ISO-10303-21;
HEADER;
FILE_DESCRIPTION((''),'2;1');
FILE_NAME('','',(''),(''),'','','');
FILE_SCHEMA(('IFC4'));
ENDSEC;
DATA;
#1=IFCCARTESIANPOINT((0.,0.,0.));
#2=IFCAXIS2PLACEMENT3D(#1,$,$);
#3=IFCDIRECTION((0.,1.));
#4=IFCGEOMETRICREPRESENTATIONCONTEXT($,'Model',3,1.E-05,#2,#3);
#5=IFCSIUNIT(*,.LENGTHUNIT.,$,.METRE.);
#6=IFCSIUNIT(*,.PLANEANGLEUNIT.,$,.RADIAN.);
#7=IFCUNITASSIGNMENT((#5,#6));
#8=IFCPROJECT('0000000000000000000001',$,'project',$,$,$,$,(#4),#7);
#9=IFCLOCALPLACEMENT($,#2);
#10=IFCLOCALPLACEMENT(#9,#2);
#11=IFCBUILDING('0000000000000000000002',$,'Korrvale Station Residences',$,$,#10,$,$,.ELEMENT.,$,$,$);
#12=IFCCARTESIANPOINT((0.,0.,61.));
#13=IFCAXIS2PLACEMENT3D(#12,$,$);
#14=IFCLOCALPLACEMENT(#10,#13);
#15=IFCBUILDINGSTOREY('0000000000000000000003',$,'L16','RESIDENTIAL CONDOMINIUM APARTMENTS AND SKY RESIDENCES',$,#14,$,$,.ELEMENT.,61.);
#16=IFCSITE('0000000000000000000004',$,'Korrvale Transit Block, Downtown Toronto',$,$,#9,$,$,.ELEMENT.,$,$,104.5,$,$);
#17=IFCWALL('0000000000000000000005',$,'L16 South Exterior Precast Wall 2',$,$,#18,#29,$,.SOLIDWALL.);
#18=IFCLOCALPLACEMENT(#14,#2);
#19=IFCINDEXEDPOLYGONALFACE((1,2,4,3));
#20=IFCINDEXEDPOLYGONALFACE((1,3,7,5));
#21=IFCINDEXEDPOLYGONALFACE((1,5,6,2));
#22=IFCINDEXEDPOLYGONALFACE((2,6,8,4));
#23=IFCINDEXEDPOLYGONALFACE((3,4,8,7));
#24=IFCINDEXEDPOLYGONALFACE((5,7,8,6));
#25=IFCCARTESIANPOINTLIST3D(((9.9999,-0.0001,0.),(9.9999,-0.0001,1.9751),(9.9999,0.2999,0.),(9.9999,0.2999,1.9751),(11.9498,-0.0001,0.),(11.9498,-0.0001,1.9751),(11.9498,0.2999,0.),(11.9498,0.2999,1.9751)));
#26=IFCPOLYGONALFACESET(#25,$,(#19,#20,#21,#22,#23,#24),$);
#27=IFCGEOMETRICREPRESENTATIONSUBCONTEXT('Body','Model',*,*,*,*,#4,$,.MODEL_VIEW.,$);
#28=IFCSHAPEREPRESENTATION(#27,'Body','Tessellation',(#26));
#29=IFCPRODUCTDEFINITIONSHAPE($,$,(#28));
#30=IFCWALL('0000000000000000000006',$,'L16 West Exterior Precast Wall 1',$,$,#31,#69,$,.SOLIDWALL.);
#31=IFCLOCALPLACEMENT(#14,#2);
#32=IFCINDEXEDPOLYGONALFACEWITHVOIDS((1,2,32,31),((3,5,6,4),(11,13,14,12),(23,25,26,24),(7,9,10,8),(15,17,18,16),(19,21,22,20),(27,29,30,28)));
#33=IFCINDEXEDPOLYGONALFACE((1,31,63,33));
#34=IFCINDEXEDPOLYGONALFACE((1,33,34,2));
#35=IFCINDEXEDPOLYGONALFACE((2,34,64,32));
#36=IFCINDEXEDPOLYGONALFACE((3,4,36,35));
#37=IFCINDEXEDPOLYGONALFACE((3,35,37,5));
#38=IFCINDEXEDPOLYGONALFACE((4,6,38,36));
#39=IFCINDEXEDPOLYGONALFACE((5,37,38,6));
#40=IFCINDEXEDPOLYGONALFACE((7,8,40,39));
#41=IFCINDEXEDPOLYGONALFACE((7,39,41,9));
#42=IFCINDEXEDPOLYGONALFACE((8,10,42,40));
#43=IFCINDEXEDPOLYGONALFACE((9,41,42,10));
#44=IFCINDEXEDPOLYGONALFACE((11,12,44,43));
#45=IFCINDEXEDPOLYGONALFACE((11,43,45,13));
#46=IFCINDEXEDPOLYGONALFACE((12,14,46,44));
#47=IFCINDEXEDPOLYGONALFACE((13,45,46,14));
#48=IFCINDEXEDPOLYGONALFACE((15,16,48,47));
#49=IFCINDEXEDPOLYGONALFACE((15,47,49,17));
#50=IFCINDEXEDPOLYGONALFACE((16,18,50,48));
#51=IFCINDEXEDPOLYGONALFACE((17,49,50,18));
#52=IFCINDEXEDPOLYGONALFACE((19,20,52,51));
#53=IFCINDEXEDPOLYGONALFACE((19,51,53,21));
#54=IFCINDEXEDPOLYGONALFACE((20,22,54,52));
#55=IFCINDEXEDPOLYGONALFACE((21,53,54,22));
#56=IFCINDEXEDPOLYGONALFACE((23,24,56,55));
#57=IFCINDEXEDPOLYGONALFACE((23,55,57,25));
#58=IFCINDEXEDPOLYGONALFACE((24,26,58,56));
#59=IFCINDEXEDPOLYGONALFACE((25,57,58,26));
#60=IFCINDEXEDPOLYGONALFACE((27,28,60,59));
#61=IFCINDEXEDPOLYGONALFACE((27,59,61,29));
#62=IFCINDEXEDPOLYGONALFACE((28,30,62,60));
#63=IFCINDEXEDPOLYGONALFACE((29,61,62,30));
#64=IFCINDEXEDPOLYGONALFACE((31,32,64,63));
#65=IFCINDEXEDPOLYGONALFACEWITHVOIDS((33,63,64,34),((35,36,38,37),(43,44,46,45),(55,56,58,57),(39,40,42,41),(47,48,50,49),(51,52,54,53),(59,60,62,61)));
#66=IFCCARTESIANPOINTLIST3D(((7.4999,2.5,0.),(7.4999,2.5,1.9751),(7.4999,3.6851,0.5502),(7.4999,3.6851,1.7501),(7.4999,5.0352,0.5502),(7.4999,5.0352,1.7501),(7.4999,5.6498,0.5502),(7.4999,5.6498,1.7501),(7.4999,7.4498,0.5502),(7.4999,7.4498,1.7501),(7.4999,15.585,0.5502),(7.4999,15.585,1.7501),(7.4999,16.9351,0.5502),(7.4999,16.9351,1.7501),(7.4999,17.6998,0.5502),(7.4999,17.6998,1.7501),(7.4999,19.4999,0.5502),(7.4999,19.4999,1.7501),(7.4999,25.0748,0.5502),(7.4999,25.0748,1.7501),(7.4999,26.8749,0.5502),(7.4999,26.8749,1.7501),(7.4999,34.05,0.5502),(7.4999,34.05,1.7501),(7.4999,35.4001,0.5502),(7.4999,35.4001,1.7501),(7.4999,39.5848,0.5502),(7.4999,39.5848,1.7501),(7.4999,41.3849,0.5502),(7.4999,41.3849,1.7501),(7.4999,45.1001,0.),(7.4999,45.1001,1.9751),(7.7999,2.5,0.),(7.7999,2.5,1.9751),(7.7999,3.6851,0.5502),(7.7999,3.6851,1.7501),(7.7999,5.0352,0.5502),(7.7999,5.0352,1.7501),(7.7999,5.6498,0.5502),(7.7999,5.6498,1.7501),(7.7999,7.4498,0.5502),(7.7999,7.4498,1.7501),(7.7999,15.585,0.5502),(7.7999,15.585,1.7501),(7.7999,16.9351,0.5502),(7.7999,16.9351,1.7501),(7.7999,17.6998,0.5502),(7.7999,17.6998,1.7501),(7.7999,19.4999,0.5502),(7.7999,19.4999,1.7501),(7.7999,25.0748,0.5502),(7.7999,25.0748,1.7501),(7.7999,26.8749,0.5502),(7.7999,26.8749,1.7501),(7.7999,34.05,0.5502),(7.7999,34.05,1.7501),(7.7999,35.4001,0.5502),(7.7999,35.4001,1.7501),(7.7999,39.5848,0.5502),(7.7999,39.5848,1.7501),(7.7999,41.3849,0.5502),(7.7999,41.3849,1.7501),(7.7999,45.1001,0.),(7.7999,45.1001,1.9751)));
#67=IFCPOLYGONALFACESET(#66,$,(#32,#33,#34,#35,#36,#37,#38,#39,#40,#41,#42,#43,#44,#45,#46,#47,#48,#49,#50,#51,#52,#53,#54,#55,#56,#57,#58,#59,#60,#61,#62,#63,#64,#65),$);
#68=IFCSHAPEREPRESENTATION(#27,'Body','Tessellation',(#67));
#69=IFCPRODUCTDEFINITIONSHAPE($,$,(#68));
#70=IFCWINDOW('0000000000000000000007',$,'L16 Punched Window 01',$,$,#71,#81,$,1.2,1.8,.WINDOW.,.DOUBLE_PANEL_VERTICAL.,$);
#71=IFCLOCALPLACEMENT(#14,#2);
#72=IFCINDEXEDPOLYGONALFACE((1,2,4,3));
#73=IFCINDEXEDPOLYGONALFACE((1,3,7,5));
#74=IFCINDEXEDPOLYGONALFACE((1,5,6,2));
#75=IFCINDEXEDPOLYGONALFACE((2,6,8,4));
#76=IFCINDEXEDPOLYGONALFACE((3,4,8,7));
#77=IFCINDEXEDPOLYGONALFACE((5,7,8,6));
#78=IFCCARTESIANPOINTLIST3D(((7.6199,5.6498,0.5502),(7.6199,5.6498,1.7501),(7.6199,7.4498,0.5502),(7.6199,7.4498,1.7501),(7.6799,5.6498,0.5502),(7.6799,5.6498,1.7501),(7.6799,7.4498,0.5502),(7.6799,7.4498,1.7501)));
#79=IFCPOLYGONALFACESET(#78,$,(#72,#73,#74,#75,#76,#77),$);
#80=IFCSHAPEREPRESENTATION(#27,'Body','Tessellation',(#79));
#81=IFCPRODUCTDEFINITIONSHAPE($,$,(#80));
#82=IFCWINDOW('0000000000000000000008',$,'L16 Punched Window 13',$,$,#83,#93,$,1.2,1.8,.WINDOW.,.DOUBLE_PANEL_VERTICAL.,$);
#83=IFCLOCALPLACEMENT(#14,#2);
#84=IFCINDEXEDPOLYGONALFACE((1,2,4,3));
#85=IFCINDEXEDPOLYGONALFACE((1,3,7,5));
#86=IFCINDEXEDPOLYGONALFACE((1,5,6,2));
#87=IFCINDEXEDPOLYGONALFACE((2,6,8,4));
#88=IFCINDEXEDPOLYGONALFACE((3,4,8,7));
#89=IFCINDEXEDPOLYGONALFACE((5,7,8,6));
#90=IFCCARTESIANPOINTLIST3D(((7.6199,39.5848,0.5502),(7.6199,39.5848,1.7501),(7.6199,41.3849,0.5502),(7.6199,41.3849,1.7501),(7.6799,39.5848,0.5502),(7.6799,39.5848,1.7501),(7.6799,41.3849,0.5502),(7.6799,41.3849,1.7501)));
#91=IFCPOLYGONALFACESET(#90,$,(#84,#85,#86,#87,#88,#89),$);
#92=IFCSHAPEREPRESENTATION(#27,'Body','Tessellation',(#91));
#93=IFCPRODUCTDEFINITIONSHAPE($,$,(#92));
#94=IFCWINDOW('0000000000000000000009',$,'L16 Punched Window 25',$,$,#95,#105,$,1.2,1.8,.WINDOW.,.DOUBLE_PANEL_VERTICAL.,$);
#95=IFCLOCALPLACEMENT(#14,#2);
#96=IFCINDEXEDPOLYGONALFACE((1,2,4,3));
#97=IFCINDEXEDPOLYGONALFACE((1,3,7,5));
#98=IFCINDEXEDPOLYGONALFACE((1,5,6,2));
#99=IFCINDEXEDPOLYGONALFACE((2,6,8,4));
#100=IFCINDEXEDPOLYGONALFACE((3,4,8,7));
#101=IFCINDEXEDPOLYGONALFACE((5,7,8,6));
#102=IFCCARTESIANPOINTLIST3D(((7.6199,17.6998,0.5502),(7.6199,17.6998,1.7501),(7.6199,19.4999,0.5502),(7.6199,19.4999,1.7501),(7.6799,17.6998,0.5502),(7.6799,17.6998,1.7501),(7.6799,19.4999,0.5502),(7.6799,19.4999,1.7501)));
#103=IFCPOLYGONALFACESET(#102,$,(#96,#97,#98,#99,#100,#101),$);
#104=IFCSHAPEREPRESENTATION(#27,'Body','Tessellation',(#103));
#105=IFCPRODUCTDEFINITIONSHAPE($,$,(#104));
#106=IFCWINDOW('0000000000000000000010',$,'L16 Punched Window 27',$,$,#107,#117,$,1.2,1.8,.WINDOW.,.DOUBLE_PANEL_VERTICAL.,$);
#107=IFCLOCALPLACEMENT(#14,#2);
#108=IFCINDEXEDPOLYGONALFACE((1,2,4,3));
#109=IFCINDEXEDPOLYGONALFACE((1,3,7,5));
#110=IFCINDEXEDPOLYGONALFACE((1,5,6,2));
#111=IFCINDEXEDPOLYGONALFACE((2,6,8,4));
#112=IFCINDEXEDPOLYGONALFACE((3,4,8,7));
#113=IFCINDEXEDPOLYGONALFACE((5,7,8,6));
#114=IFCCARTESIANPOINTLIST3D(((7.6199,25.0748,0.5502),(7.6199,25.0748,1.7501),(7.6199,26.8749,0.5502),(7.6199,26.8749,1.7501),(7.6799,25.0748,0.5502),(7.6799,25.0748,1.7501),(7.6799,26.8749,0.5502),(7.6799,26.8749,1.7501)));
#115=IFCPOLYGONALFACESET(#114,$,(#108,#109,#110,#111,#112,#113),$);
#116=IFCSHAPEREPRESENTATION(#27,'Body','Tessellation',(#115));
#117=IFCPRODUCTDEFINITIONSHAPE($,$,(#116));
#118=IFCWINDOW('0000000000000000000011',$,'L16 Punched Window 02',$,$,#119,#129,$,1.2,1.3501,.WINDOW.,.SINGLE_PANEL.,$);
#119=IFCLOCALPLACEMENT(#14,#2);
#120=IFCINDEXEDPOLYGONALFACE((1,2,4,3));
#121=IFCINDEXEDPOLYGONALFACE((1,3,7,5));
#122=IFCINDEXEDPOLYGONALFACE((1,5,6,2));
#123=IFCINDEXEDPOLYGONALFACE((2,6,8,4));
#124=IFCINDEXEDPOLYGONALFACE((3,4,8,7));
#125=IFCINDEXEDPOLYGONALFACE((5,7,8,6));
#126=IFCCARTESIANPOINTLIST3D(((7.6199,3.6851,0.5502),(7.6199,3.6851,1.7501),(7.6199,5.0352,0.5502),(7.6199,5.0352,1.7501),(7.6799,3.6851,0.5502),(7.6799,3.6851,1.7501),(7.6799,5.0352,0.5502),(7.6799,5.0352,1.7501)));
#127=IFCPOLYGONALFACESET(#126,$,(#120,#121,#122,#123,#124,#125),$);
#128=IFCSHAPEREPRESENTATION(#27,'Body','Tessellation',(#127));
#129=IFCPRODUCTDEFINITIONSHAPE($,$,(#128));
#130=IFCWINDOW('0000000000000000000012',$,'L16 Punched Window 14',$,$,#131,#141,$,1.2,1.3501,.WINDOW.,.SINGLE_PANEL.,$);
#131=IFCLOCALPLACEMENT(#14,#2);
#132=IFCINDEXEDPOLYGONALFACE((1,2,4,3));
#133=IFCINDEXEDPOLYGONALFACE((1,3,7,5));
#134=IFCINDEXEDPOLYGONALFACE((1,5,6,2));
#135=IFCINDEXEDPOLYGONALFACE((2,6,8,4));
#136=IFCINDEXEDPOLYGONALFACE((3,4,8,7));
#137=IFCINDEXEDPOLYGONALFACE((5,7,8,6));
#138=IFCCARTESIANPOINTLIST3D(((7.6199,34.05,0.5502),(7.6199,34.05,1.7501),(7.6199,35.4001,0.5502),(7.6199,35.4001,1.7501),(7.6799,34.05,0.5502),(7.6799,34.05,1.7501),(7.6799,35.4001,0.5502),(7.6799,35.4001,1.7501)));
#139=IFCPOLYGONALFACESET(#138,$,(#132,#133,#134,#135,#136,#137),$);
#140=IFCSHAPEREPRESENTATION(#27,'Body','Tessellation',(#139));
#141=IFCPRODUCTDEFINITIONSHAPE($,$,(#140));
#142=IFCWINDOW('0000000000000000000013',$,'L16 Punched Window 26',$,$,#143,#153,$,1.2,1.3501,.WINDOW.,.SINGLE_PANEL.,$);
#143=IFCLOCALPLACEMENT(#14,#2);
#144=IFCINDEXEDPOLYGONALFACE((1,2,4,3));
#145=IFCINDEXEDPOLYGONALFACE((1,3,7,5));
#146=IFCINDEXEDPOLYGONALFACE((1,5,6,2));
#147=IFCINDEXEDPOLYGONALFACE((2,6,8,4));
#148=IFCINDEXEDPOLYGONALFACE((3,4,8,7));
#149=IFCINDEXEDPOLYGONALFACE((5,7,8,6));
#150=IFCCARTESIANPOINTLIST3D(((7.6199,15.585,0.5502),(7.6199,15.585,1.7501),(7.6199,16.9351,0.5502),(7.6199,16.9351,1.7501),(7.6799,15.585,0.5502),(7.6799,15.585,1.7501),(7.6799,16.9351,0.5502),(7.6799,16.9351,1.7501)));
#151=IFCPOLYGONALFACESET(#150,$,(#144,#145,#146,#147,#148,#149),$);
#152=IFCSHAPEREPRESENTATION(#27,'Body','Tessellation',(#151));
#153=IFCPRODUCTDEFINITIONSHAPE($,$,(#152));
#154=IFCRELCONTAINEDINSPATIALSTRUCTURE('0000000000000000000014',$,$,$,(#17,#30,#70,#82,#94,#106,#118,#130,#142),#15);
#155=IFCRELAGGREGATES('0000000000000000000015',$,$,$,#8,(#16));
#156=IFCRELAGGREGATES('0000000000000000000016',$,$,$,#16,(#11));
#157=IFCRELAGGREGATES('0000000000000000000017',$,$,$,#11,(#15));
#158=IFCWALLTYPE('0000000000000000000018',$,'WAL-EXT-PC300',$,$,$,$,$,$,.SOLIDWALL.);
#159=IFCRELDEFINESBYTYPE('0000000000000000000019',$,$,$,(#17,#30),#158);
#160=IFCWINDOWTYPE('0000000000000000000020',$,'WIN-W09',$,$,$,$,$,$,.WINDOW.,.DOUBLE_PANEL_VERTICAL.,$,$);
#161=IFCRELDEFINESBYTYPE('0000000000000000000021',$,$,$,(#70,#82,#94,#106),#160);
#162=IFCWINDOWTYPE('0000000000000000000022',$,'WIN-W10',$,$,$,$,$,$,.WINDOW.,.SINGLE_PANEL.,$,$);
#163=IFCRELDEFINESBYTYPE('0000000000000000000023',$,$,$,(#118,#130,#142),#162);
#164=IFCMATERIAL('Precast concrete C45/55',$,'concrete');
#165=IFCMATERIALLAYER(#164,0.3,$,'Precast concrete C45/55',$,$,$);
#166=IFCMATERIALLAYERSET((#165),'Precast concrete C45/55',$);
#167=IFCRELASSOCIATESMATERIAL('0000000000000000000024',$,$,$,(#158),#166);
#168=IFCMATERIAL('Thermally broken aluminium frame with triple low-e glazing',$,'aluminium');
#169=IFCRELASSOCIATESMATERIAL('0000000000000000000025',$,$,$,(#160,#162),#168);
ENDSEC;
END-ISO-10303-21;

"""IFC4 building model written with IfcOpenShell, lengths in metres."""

from ifc_helpers import new_model, si_unit, direction, frame, frame_2d, origin, place, context, subcontext, project, spatial, rectangle, extrude, material, layer, layer_set, type_object, element, fill, save


model = new_model("IFC4")

# Units and contexts
model_context = context("Model", 3, precision=1e-05, world=origin(), true_north=direction((0.0, 1.0)))
body_context = subcontext(model_context, "Body", "Model", "MODEL_VIEW")
ifc_project = project(units=[si_unit("LENGTHUNIT", "METRE"), si_unit("PLANEANGLEUNIT", "RADIAN")], contexts=[model_context])

# Site, building, storey
site_placement = place(None, origin())
site = spatial("IfcSite", under=ifc_project, at=site_placement, Name="Korrvale Transit Block, Downtown Toronto", CompositionType="ELEMENT", RefElevation=104.5)
building_placement = place(site_placement, origin())
building = spatial("IfcBuilding", under=site, at=building_placement, Name="Korrvale Station Residences", CompositionType="ELEMENT")
storey_placement = place(building_placement, frame((0.0, 0.0, 61.0)))
storey = spatial("IfcBuildingStorey", under=building, at=storey_placement, Name="L16", Description="RESIDENTIAL CONDOMINIUM APARTMENTS AND SKY RESIDENCES", CompositionType="ELEMENT", Elevation=61.0)

# Wall
ifc_material_1 = material(Name="Precast concrete C45/55", Category="concrete")
ifc_layer_1 = layer(ifc_material_1, 0.3, Name="Precast concrete C45/55")
ifc_layer_set_1 = layer_set([ifc_layer_1], Name="Precast concrete C45/55")
wall_type_1 = type_object("IfcWallType", Name="WAL-EXT-PC300", PredefinedType="SOLIDWALL", material=ifc_layer_set_1)
wall_1_placement = place(storey_placement, frame((11.95, 0.1499, 0.0), z_axis=(0.0, 0.0, 1.0), x_axis=(-1.0, 0.0, 0.0)))
element("IfcWall", 1, at=wall_1_placement, inside=storey, type_object=wall_type_1, Name="L16 South Exterior Precast Wall 2", PredefinedType="SOLIDWALL", context=body_context, shape_type="SweptSolid", body=[
    extrude(rectangle(XDim=1.95, YDim=0.3, at=frame_2d((0.9751, 0.0))), origin(), (0.0, 0.0, 1.0), 1.9751),
])

# Wall, openings, windows
wall_2_placement = place(storey_placement, frame((7.6499, 2.5, 0.0), z_axis=(0.0, 0.0, 1.0), x_axis=(0.0, 1.0, 0.0)))
wall_2 = element("IfcWall", 2, at=wall_2_placement, inside=storey, type_object=wall_type_1, Name="L16 West Exterior Precast Wall 1", PredefinedType="SOLIDWALL", context=body_context, shape_type="SweptSolid", body=[
    extrude(rectangle(XDim=42.6001, YDim=0.3, at=frame_2d((21.3, 0.0))), origin(), (0.0, 0.0, 1.0), 1.9751),
])
opening_1_placement = place(wall_2_placement, frame((3.1499, 0.0, 0.55)))
opening_1 = element("IfcOpeningElement", 3, at=opening_1_placement, cuts=wall_2, PredefinedType="OPENING", context=body_context, shape_type="SweptSolid", body=[
    extrude(rectangle(XDim=1.8, YDim=1.2, at=frame_2d((0.8999, 0.6001))), frame((0.0, 0.1602, 0.0), z_axis=(0.0, -1.0, 0.0), x_axis=(1.0, 0.0, 0.0)), (0.0, 0.0, 1.0), 0.3201),
])
opening_2_placement = place(wall_2_placement, frame((1.1851, 0.0, 0.55)))
opening_2 = element("IfcOpeningElement", 4, at=opening_2_placement, cuts=wall_2, PredefinedType="OPENING", context=body_context, shape_type="SweptSolid", body=[
    extrude(rectangle(XDim=1.3501, YDim=1.2, at=frame_2d((0.675, 0.6001))), frame((0.0, 0.1602, 0.0), z_axis=(0.0, -1.0, 0.0), x_axis=(1.0, 0.0, 0.0)), (0.0, 0.0, 1.0), 0.3201),
])
opening_3_placement = place(wall_2_placement, frame((37.085, 0.0, 0.55)))
opening_3 = element("IfcOpeningElement", 5, at=opening_3_placement, cuts=wall_2, PredefinedType="OPENING", context=body_context, shape_type="SweptSolid", body=[
    extrude(rectangle(XDim=1.8, YDim=1.2, at=frame_2d((0.8999, 0.6001))), frame((0.0, 0.1602, 0.0), z_axis=(0.0, -1.0, 0.0), x_axis=(1.0, 0.0, 0.0)), (0.0, 0.0, 1.0), 0.3201),
])
opening_4_placement = place(wall_2_placement, frame((31.55, 0.0, 0.55)))
opening_4 = element("IfcOpeningElement", 6, at=opening_4_placement, cuts=wall_2, PredefinedType="OPENING", context=body_context, shape_type="SweptSolid", body=[
    extrude(rectangle(XDim=1.3501, YDim=1.2, at=frame_2d((0.675, 0.6001))), frame((0.0, 0.1602, 0.0), z_axis=(0.0, -1.0, 0.0), x_axis=(1.0, 0.0, 0.0)), (0.0, 0.0, 1.0), 0.3201),
])
opening_5_placement = place(wall_2_placement, frame((15.2, 0.0, 0.55)))
opening_5 = element("IfcOpeningElement", 7, at=opening_5_placement, cuts=wall_2, PredefinedType="OPENING", context=body_context, shape_type="SweptSolid", body=[
    extrude(rectangle(XDim=1.8, YDim=1.2, at=frame_2d((0.8999, 0.6001))), frame((0.0, 0.1602, 0.0), z_axis=(0.0, -1.0, 0.0), x_axis=(1.0, 0.0, 0.0)), (0.0, 0.0, 1.0), 0.3201),
])
opening_6_placement = place(wall_2_placement, frame((13.085, 0.0, 0.55)))
opening_6 = element("IfcOpeningElement", 8, at=opening_6_placement, cuts=wall_2, PredefinedType="OPENING", context=body_context, shape_type="SweptSolid", body=[
    extrude(rectangle(XDim=1.3501, YDim=1.2, at=frame_2d((0.675, 0.6001))), frame((0.0, 0.1602, 0.0), z_axis=(0.0, -1.0, 0.0), x_axis=(1.0, 0.0, 0.0)), (0.0, 0.0, 1.0), 0.3201),
])
opening_7_placement = place(wall_2_placement, frame((22.575, 0.0, 0.55)))
opening_7 = element("IfcOpeningElement", 9, at=opening_7_placement, cuts=wall_2, PredefinedType="OPENING", context=body_context, shape_type="SweptSolid", body=[
    extrude(rectangle(XDim=1.8, YDim=1.2, at=frame_2d((0.8999, 0.6001))), frame((0.0, 0.1602, 0.0), z_axis=(0.0, -1.0, 0.0), x_axis=(1.0, 0.0, 0.0)), (0.0, 0.0, 1.0), 0.3201),
])
ifc_material_2 = material(Name="Thermally broken aluminium frame with triple low-e glazing", Category="aluminium")
window_type_1 = type_object("IfcWindowType", Name="WIN-W09", PartitioningType="DOUBLE_PANEL_VERTICAL", PredefinedType="WINDOW", material=ifc_material_2)
window_1_placement = place(opening_1_placement, origin())
window_1 = element("IfcWindow", 10, at=window_1_placement, inside=storey, type_object=window_type_1, Name="L16 Punched Window 01", OverallHeight=1.2, OverallWidth=1.8, PartitioningType="DOUBLE_PANEL_VERTICAL", PredefinedType="WINDOW", context=body_context, shape_type="SweptSolid", body=[
    extrude(rectangle(XDim=1.8, YDim=1.2, at=frame_2d((0.8999, 0.6001))), frame((0.0, 0.03, 0.0), z_axis=(0.0, -1.0, 0.0), x_axis=(1.0, 0.0, 0.0)), (0.0, 0.0, 1.0), 0.0601),
])
fill(opening_1, window_1)
window_2_placement = place(opening_3_placement, origin())
window_2 = element("IfcWindow", 11, at=window_2_placement, inside=storey, type_object=window_type_1, Name="L16 Punched Window 13", OverallHeight=1.2, OverallWidth=1.8, PartitioningType="DOUBLE_PANEL_VERTICAL", PredefinedType="WINDOW", context=body_context, shape_type="SweptSolid", body=[
    extrude(rectangle(XDim=1.8, YDim=1.2, at=frame_2d((0.8999, 0.6001))), frame((0.0, 0.03, 0.0), z_axis=(0.0, -1.0, 0.0), x_axis=(1.0, 0.0, 0.0)), (0.0, 0.0, 1.0), 0.0601),
])
fill(opening_3, window_2)
window_3_placement = place(opening_5_placement, origin())
window_3 = element("IfcWindow", 12, at=window_3_placement, inside=storey, type_object=window_type_1, Name="L16 Punched Window 25", OverallHeight=1.2, OverallWidth=1.8, PartitioningType="DOUBLE_PANEL_VERTICAL", PredefinedType="WINDOW", context=body_context, shape_type="SweptSolid", body=[
    extrude(rectangle(XDim=1.8, YDim=1.2, at=frame_2d((0.8999, 0.6001))), frame((0.0, 0.03, 0.0), z_axis=(0.0, -1.0, 0.0), x_axis=(1.0, 0.0, 0.0)), (0.0, 0.0, 1.0), 0.0601),
])
fill(opening_5, window_3)
window_4_placement = place(opening_7_placement, origin())
window_4 = element("IfcWindow", 13, at=window_4_placement, inside=storey, type_object=window_type_1, Name="L16 Punched Window 27", OverallHeight=1.2, OverallWidth=1.8, PartitioningType="DOUBLE_PANEL_VERTICAL", PredefinedType="WINDOW", context=body_context, shape_type="SweptSolid", body=[
    extrude(rectangle(XDim=1.8, YDim=1.2, at=frame_2d((0.8999, 0.6001))), frame((0.0, 0.03, 0.0), z_axis=(0.0, -1.0, 0.0), x_axis=(1.0, 0.0, 0.0)), (0.0, 0.0, 1.0), 0.0601),
])
fill(opening_7, window_4)
window_type_2 = type_object("IfcWindowType", Name="WIN-W10", PartitioningType="SINGLE_PANEL", PredefinedType="WINDOW", material=ifc_material_2)
window_5_placement = place(opening_2_placement, origin())
window_5 = element("IfcWindow", 14, at=window_5_placement, inside=storey, type_object=window_type_2, Name="L16 Punched Window 02", OverallHeight=1.2, OverallWidth=1.3501, PartitioningType="SINGLE_PANEL", PredefinedType="WINDOW", context=body_context, shape_type="SweptSolid", body=[
    extrude(rectangle(XDim=1.3501, YDim=1.2, at=frame_2d((0.675, 0.6001))), frame((0.0, 0.03, 0.0), z_axis=(0.0, -1.0, 0.0), x_axis=(1.0, 0.0, 0.0)), (0.0, 0.0, 1.0), 0.0601),
])
fill(opening_2, window_5)
window_6_placement = place(opening_4_placement, origin())
window_6 = element("IfcWindow", 15, at=window_6_placement, inside=storey, type_object=window_type_2, Name="L16 Punched Window 14", OverallHeight=1.2, OverallWidth=1.3501, PartitioningType="SINGLE_PANEL", PredefinedType="WINDOW", context=body_context, shape_type="SweptSolid", body=[
    extrude(rectangle(XDim=1.3501, YDim=1.2, at=frame_2d((0.675, 0.6001))), frame((0.0, 0.03, 0.0), z_axis=(0.0, -1.0, 0.0), x_axis=(1.0, 0.0, 0.0)), (0.0, 0.0, 1.0), 0.0601),
])
fill(opening_4, window_6)
window_7_placement = place(opening_6_placement, origin())
window_7 = element("IfcWindow", 16, at=window_7_placement, inside=storey, type_object=window_type_2, Name="L16 Punched Window 26", OverallHeight=1.2, OverallWidth=1.3501, PartitioningType="SINGLE_PANEL", PredefinedType="WINDOW", context=body_context, shape_type="SweptSolid", body=[
    extrude(rectangle(XDim=1.3501, YDim=1.2, at=frame_2d((0.675, 0.6001))), frame((0.0, 0.03, 0.0), z_axis=(0.0, -1.0, 0.0), x_axis=(1.0, 0.0, 0.0)), (0.0, 0.0, 1.0), 0.0601),
])
fill(opening_6, window_7)

save(model, "model.ifc")
